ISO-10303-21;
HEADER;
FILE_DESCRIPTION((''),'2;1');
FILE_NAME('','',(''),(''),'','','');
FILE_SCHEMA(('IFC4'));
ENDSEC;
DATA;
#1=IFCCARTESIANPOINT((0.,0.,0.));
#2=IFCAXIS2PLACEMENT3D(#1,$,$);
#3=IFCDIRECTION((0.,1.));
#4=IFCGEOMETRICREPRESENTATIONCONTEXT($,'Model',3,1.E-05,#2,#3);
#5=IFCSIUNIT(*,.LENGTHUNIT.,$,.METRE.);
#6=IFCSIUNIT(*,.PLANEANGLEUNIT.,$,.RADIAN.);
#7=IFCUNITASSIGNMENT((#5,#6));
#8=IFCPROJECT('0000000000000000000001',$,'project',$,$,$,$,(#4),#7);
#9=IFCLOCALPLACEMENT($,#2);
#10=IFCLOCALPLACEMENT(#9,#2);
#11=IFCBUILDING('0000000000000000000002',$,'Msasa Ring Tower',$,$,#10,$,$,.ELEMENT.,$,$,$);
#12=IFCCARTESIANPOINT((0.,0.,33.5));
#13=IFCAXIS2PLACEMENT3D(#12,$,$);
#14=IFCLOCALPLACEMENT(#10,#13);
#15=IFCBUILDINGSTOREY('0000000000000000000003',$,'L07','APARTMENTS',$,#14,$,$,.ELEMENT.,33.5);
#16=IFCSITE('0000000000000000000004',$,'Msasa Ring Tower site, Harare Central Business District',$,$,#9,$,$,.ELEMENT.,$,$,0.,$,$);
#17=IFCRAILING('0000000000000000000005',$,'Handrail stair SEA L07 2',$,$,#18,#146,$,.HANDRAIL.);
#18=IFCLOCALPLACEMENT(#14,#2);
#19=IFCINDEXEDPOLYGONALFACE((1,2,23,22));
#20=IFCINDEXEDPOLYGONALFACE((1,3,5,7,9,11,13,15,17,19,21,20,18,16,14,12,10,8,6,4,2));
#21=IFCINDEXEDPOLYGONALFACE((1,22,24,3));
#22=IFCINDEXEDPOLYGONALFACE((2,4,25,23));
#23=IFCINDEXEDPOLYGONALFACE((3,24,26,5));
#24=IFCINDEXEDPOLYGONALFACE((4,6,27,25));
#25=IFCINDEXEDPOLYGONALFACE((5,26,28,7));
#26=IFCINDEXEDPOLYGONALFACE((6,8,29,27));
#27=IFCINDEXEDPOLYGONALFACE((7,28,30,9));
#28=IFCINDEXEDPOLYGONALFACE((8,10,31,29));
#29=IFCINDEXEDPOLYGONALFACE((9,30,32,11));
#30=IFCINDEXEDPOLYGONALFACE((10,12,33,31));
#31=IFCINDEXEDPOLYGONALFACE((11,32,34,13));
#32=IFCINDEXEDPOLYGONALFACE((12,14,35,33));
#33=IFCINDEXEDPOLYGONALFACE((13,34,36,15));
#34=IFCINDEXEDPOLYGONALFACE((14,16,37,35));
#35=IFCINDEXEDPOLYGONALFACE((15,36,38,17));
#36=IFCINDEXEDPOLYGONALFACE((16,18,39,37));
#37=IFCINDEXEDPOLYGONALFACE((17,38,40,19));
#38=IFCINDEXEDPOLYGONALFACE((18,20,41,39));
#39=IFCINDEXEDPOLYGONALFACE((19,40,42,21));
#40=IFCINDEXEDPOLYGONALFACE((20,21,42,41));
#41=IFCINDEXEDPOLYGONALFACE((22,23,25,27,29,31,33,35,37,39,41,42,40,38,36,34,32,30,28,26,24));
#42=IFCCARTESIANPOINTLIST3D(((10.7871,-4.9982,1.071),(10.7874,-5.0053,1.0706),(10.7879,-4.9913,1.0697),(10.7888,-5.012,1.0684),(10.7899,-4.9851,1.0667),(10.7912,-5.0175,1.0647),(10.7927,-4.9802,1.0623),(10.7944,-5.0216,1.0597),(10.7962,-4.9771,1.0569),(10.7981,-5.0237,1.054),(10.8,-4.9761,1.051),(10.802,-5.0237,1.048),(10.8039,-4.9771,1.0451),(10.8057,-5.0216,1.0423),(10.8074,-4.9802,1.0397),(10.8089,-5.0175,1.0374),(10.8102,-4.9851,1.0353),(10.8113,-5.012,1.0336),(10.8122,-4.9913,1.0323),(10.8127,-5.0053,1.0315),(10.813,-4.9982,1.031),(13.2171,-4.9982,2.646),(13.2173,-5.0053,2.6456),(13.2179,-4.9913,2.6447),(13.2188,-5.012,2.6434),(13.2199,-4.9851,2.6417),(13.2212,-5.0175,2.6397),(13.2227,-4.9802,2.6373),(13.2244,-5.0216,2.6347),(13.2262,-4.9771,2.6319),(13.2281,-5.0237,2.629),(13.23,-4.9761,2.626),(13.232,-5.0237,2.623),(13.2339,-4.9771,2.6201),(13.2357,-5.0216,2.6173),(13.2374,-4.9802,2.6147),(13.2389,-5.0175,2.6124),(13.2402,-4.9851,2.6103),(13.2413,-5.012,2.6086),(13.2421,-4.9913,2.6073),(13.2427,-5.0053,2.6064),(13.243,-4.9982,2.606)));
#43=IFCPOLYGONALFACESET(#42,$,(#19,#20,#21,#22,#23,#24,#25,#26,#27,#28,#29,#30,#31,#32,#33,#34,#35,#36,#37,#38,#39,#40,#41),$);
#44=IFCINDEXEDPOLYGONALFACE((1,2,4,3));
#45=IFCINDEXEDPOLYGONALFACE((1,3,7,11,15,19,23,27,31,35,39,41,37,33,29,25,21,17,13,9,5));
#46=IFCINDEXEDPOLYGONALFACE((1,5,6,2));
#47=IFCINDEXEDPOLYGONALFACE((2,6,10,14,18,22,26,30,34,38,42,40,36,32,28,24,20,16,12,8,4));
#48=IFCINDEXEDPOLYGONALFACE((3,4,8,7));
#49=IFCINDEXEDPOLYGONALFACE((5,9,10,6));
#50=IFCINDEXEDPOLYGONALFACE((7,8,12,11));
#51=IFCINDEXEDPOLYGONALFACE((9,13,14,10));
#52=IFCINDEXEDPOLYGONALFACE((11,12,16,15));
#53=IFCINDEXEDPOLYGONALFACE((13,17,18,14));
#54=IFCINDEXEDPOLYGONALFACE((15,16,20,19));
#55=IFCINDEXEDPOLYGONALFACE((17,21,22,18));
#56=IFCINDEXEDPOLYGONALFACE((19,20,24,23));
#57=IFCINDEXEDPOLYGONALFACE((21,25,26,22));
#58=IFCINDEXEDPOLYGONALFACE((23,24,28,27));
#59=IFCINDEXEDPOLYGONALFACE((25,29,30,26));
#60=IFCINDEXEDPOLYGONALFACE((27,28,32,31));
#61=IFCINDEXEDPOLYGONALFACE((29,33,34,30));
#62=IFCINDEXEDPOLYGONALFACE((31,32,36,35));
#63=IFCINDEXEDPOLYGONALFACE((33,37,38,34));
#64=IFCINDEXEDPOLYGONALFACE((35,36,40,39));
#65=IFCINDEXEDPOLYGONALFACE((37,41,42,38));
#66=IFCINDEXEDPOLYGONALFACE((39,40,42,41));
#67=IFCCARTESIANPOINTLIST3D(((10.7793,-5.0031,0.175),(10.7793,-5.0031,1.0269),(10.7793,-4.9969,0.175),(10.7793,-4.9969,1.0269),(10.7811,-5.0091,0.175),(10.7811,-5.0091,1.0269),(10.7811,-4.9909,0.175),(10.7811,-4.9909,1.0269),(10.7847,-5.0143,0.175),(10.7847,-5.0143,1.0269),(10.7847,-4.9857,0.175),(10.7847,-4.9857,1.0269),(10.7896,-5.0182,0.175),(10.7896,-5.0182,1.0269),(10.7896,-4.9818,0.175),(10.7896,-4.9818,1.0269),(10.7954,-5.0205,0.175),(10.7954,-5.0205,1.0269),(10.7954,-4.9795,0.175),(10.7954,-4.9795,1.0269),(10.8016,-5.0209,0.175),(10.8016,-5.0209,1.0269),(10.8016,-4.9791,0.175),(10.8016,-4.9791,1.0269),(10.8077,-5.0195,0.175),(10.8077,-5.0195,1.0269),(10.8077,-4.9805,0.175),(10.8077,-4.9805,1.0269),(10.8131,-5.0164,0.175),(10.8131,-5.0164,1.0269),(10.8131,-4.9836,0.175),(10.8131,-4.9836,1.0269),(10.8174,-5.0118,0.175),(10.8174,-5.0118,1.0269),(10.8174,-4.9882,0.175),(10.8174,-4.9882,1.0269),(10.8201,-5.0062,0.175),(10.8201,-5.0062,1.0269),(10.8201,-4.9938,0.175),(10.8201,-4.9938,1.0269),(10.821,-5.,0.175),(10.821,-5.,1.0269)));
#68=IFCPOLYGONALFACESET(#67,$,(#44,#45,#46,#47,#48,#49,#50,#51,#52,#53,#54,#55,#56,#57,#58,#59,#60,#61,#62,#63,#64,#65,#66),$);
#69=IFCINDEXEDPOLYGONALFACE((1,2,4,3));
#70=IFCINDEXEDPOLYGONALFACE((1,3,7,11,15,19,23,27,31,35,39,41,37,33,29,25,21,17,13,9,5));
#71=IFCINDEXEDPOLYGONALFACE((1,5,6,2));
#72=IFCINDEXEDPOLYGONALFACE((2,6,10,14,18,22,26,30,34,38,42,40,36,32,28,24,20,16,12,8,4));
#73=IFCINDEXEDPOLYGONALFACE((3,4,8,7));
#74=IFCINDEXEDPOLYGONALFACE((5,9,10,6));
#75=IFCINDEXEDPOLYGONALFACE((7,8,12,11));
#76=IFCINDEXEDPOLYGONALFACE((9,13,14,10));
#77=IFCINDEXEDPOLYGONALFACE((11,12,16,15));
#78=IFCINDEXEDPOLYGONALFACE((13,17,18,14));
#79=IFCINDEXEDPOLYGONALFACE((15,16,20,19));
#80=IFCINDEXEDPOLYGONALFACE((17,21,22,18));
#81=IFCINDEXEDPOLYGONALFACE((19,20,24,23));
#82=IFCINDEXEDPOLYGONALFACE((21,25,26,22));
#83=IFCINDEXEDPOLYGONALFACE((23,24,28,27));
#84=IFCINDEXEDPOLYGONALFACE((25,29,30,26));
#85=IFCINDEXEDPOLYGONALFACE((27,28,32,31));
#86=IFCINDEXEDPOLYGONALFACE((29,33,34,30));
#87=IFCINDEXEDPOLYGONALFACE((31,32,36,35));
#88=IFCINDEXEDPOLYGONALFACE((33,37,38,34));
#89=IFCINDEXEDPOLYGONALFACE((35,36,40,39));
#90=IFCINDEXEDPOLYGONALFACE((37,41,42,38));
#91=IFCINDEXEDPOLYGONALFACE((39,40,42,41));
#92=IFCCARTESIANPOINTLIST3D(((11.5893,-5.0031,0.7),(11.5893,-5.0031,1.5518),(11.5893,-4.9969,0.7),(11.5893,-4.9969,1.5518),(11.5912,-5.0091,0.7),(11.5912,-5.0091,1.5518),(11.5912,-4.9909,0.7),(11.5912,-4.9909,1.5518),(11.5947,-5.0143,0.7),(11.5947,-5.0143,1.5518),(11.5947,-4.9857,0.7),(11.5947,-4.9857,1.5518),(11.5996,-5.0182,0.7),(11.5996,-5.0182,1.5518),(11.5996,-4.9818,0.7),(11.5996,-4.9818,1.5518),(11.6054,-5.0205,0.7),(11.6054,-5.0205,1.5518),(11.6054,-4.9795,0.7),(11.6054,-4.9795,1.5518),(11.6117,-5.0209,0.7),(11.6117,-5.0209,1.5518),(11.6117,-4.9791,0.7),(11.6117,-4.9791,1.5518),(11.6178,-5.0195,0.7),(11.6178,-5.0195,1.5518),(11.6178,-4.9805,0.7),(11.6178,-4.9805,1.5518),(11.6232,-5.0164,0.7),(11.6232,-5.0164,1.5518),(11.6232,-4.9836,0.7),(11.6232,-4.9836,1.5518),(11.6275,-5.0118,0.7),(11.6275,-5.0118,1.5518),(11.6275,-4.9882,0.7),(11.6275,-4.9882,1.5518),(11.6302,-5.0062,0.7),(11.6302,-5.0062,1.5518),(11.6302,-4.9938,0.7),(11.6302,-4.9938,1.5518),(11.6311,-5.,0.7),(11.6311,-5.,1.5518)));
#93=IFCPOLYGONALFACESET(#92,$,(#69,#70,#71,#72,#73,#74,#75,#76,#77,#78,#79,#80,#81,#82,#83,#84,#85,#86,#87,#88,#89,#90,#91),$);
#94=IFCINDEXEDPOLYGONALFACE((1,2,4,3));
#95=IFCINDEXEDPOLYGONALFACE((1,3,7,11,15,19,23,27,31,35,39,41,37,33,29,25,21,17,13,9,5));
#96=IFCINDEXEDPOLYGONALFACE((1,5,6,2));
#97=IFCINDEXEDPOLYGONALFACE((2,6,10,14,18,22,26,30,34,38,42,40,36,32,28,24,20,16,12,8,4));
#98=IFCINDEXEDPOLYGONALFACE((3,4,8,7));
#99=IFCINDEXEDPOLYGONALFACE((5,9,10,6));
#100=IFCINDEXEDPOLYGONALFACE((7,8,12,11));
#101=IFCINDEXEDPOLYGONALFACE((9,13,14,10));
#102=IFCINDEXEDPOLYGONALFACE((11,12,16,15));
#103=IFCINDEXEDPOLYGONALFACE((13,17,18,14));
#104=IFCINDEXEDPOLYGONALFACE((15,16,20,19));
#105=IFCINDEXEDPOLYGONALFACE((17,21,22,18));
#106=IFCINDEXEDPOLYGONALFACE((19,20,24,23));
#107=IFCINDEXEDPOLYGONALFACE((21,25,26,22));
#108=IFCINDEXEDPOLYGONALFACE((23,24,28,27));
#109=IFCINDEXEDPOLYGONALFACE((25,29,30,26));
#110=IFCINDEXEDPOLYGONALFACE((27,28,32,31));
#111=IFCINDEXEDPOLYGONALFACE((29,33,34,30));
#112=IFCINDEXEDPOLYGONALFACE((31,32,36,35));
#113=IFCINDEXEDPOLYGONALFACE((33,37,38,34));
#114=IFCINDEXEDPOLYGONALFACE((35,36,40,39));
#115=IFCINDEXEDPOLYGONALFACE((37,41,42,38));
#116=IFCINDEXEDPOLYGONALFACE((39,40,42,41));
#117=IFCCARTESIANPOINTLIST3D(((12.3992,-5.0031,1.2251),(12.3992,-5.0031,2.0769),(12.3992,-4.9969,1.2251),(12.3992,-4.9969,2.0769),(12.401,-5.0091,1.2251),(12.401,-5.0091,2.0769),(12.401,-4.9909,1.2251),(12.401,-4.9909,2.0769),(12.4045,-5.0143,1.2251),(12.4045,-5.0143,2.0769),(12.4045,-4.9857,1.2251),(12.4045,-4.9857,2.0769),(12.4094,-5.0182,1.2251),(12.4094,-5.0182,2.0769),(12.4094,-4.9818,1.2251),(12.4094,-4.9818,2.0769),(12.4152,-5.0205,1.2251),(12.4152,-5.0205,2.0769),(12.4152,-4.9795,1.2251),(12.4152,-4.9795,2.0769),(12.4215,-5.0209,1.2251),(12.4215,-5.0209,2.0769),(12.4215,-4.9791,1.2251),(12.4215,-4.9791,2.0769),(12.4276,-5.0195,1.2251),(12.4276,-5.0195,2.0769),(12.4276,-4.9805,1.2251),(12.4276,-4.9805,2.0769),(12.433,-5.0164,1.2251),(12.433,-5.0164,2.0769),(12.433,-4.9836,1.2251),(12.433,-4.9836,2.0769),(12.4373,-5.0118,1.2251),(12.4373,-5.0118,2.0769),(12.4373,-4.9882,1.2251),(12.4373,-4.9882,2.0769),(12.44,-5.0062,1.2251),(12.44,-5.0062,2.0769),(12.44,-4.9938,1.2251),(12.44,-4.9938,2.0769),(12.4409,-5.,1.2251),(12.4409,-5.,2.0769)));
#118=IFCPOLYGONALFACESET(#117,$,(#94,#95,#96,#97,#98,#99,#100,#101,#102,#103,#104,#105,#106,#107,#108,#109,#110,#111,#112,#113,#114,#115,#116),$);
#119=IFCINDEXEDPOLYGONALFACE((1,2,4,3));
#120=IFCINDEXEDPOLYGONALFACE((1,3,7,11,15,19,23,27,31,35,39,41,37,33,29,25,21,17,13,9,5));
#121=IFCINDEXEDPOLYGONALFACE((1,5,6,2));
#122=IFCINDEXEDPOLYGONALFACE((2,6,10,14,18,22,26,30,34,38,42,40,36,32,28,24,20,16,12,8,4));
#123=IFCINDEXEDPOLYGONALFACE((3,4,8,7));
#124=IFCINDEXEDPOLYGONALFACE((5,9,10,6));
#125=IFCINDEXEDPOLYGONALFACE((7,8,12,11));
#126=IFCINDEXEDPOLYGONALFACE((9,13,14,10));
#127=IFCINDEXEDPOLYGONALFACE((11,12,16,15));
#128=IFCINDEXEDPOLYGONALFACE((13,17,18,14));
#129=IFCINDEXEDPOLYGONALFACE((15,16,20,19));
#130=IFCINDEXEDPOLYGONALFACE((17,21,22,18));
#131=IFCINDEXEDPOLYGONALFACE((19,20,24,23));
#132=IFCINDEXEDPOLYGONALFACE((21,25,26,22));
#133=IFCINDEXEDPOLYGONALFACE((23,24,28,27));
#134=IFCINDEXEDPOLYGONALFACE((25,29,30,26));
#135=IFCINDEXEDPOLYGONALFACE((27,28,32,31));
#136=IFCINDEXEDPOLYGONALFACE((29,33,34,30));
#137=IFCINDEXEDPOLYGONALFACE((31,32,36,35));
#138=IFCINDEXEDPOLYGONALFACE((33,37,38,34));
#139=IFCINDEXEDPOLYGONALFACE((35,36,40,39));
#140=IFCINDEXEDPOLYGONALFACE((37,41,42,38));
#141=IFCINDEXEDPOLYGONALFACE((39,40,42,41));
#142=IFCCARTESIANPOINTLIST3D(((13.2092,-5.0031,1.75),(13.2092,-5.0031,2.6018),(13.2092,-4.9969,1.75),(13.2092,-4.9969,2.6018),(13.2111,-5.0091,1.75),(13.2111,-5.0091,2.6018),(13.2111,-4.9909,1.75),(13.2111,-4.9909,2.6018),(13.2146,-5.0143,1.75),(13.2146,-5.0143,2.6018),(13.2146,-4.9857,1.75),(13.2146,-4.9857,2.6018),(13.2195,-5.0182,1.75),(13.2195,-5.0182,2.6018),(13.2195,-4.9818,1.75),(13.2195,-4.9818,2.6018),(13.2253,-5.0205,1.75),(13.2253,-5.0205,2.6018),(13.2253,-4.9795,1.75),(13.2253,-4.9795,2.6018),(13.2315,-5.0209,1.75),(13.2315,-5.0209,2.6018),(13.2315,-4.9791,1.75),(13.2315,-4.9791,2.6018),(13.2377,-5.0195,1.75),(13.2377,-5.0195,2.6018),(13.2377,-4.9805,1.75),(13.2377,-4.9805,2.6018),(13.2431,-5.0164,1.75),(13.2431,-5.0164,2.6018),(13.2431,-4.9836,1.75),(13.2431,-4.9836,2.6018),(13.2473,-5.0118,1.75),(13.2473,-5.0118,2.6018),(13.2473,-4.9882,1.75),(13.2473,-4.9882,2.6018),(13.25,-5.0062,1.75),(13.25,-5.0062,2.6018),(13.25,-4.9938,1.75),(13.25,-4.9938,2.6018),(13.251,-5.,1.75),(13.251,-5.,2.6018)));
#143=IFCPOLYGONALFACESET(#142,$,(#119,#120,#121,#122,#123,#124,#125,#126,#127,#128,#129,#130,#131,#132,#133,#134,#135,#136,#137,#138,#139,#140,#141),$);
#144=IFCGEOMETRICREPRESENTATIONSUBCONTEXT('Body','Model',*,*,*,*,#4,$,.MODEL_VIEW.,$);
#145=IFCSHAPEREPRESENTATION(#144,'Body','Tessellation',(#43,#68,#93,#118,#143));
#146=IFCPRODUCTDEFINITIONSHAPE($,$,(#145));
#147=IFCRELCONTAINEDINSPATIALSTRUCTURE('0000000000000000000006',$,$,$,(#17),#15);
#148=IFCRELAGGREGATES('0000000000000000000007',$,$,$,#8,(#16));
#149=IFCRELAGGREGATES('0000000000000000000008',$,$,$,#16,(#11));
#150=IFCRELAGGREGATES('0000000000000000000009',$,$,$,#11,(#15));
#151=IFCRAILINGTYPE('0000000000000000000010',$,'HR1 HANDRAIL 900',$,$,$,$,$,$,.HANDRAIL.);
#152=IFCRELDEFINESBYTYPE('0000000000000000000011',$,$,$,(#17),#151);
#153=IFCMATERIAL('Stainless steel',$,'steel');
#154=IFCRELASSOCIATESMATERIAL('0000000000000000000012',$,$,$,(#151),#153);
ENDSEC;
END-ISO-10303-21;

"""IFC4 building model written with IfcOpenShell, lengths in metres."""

from ifc_helpers import new_model, si_unit, direction, frame, origin, origin_2d, place, context, subcontext, project, spatial, circle, extrude, material, type_object, element, save


model = new_model("IFC4")

# Units and contexts
model_context = context("Model", 3, precision=1e-05, world=origin(), true_north=direction((0.0, 1.0)))
body_context = subcontext(model_context, "Body", "Model", "MODEL_VIEW")
ifc_project = project(units=[si_unit("LENGTHUNIT", "METRE"), si_unit("PLANEANGLEUNIT", "RADIAN")], contexts=[model_context])

# Site, building, storey
site_placement = place(None, origin())
site = spatial("IfcSite", under=ifc_project, at=site_placement, Name="Msasa Ring Tower site, Harare Central Business District", CompositionType="ELEMENT", RefElevation=0.0)
building_placement = place(site_placement, origin())
building = spatial("IfcBuilding", under=site, at=building_placement, Name="Msasa Ring Tower", CompositionType="ELEMENT")
storey_placement = place(building_placement, frame((0.0, 0.0, 33.5)))
storey = spatial("IfcBuildingStorey", under=building, at=storey_placement, Name="L07", Description="APARTMENTS", CompositionType="ELEMENT", Elevation=33.5)

# Railing
ifc_material_1 = material(Name="Stainless steel", Category="steel")
railing_type = type_object("IfcRailingType", Name="HR1 HANDRAIL 900", PredefinedType="HANDRAIL", material=ifc_material_1)
for number, where, name in (
    (1, (10.8, -5.0, 0.175), "Handrail stair SEA L07 2"),
):
    element("IfcRailing", number, at=place(storey_placement, frame(where)), inside=storey, type_object=railing_type, Name=name, PredefinedType="HANDRAIL", context=body_context, shape_type="SweptSolid", body=[
        extrude(circle(Radius=0.0239, at=origin_2d()), frame((0.0, 0.0, 0.876), z_axis=(0.839154, 0.0, 0.543894), x_axis=(0.0, 1.0, 0.0)), (0.0, 0.0, 1.0), 2.8958),
        extrude(circle(Radius=0.021, at=origin_2d()), origin(), (0.0, 0.0, 1.0), 0.8518),
        extrude(circle(Radius=0.021, at=origin_2d()), frame((0.8101, 0.0, 0.5249)), (0.0, 0.0, 1.0), 0.8518),
        extrude(circle(Radius=0.021, at=origin_2d()), frame((1.6199, 0.0, 1.05)), (0.0, 0.0, 1.0), 0.8518),
        extrude(circle(Radius=0.021, at=origin_2d()), frame((2.4299, 0.0, 1.575)), (0.0, 0.0, 1.0), 0.8518),
    ])

save(model, "model.ifc")
